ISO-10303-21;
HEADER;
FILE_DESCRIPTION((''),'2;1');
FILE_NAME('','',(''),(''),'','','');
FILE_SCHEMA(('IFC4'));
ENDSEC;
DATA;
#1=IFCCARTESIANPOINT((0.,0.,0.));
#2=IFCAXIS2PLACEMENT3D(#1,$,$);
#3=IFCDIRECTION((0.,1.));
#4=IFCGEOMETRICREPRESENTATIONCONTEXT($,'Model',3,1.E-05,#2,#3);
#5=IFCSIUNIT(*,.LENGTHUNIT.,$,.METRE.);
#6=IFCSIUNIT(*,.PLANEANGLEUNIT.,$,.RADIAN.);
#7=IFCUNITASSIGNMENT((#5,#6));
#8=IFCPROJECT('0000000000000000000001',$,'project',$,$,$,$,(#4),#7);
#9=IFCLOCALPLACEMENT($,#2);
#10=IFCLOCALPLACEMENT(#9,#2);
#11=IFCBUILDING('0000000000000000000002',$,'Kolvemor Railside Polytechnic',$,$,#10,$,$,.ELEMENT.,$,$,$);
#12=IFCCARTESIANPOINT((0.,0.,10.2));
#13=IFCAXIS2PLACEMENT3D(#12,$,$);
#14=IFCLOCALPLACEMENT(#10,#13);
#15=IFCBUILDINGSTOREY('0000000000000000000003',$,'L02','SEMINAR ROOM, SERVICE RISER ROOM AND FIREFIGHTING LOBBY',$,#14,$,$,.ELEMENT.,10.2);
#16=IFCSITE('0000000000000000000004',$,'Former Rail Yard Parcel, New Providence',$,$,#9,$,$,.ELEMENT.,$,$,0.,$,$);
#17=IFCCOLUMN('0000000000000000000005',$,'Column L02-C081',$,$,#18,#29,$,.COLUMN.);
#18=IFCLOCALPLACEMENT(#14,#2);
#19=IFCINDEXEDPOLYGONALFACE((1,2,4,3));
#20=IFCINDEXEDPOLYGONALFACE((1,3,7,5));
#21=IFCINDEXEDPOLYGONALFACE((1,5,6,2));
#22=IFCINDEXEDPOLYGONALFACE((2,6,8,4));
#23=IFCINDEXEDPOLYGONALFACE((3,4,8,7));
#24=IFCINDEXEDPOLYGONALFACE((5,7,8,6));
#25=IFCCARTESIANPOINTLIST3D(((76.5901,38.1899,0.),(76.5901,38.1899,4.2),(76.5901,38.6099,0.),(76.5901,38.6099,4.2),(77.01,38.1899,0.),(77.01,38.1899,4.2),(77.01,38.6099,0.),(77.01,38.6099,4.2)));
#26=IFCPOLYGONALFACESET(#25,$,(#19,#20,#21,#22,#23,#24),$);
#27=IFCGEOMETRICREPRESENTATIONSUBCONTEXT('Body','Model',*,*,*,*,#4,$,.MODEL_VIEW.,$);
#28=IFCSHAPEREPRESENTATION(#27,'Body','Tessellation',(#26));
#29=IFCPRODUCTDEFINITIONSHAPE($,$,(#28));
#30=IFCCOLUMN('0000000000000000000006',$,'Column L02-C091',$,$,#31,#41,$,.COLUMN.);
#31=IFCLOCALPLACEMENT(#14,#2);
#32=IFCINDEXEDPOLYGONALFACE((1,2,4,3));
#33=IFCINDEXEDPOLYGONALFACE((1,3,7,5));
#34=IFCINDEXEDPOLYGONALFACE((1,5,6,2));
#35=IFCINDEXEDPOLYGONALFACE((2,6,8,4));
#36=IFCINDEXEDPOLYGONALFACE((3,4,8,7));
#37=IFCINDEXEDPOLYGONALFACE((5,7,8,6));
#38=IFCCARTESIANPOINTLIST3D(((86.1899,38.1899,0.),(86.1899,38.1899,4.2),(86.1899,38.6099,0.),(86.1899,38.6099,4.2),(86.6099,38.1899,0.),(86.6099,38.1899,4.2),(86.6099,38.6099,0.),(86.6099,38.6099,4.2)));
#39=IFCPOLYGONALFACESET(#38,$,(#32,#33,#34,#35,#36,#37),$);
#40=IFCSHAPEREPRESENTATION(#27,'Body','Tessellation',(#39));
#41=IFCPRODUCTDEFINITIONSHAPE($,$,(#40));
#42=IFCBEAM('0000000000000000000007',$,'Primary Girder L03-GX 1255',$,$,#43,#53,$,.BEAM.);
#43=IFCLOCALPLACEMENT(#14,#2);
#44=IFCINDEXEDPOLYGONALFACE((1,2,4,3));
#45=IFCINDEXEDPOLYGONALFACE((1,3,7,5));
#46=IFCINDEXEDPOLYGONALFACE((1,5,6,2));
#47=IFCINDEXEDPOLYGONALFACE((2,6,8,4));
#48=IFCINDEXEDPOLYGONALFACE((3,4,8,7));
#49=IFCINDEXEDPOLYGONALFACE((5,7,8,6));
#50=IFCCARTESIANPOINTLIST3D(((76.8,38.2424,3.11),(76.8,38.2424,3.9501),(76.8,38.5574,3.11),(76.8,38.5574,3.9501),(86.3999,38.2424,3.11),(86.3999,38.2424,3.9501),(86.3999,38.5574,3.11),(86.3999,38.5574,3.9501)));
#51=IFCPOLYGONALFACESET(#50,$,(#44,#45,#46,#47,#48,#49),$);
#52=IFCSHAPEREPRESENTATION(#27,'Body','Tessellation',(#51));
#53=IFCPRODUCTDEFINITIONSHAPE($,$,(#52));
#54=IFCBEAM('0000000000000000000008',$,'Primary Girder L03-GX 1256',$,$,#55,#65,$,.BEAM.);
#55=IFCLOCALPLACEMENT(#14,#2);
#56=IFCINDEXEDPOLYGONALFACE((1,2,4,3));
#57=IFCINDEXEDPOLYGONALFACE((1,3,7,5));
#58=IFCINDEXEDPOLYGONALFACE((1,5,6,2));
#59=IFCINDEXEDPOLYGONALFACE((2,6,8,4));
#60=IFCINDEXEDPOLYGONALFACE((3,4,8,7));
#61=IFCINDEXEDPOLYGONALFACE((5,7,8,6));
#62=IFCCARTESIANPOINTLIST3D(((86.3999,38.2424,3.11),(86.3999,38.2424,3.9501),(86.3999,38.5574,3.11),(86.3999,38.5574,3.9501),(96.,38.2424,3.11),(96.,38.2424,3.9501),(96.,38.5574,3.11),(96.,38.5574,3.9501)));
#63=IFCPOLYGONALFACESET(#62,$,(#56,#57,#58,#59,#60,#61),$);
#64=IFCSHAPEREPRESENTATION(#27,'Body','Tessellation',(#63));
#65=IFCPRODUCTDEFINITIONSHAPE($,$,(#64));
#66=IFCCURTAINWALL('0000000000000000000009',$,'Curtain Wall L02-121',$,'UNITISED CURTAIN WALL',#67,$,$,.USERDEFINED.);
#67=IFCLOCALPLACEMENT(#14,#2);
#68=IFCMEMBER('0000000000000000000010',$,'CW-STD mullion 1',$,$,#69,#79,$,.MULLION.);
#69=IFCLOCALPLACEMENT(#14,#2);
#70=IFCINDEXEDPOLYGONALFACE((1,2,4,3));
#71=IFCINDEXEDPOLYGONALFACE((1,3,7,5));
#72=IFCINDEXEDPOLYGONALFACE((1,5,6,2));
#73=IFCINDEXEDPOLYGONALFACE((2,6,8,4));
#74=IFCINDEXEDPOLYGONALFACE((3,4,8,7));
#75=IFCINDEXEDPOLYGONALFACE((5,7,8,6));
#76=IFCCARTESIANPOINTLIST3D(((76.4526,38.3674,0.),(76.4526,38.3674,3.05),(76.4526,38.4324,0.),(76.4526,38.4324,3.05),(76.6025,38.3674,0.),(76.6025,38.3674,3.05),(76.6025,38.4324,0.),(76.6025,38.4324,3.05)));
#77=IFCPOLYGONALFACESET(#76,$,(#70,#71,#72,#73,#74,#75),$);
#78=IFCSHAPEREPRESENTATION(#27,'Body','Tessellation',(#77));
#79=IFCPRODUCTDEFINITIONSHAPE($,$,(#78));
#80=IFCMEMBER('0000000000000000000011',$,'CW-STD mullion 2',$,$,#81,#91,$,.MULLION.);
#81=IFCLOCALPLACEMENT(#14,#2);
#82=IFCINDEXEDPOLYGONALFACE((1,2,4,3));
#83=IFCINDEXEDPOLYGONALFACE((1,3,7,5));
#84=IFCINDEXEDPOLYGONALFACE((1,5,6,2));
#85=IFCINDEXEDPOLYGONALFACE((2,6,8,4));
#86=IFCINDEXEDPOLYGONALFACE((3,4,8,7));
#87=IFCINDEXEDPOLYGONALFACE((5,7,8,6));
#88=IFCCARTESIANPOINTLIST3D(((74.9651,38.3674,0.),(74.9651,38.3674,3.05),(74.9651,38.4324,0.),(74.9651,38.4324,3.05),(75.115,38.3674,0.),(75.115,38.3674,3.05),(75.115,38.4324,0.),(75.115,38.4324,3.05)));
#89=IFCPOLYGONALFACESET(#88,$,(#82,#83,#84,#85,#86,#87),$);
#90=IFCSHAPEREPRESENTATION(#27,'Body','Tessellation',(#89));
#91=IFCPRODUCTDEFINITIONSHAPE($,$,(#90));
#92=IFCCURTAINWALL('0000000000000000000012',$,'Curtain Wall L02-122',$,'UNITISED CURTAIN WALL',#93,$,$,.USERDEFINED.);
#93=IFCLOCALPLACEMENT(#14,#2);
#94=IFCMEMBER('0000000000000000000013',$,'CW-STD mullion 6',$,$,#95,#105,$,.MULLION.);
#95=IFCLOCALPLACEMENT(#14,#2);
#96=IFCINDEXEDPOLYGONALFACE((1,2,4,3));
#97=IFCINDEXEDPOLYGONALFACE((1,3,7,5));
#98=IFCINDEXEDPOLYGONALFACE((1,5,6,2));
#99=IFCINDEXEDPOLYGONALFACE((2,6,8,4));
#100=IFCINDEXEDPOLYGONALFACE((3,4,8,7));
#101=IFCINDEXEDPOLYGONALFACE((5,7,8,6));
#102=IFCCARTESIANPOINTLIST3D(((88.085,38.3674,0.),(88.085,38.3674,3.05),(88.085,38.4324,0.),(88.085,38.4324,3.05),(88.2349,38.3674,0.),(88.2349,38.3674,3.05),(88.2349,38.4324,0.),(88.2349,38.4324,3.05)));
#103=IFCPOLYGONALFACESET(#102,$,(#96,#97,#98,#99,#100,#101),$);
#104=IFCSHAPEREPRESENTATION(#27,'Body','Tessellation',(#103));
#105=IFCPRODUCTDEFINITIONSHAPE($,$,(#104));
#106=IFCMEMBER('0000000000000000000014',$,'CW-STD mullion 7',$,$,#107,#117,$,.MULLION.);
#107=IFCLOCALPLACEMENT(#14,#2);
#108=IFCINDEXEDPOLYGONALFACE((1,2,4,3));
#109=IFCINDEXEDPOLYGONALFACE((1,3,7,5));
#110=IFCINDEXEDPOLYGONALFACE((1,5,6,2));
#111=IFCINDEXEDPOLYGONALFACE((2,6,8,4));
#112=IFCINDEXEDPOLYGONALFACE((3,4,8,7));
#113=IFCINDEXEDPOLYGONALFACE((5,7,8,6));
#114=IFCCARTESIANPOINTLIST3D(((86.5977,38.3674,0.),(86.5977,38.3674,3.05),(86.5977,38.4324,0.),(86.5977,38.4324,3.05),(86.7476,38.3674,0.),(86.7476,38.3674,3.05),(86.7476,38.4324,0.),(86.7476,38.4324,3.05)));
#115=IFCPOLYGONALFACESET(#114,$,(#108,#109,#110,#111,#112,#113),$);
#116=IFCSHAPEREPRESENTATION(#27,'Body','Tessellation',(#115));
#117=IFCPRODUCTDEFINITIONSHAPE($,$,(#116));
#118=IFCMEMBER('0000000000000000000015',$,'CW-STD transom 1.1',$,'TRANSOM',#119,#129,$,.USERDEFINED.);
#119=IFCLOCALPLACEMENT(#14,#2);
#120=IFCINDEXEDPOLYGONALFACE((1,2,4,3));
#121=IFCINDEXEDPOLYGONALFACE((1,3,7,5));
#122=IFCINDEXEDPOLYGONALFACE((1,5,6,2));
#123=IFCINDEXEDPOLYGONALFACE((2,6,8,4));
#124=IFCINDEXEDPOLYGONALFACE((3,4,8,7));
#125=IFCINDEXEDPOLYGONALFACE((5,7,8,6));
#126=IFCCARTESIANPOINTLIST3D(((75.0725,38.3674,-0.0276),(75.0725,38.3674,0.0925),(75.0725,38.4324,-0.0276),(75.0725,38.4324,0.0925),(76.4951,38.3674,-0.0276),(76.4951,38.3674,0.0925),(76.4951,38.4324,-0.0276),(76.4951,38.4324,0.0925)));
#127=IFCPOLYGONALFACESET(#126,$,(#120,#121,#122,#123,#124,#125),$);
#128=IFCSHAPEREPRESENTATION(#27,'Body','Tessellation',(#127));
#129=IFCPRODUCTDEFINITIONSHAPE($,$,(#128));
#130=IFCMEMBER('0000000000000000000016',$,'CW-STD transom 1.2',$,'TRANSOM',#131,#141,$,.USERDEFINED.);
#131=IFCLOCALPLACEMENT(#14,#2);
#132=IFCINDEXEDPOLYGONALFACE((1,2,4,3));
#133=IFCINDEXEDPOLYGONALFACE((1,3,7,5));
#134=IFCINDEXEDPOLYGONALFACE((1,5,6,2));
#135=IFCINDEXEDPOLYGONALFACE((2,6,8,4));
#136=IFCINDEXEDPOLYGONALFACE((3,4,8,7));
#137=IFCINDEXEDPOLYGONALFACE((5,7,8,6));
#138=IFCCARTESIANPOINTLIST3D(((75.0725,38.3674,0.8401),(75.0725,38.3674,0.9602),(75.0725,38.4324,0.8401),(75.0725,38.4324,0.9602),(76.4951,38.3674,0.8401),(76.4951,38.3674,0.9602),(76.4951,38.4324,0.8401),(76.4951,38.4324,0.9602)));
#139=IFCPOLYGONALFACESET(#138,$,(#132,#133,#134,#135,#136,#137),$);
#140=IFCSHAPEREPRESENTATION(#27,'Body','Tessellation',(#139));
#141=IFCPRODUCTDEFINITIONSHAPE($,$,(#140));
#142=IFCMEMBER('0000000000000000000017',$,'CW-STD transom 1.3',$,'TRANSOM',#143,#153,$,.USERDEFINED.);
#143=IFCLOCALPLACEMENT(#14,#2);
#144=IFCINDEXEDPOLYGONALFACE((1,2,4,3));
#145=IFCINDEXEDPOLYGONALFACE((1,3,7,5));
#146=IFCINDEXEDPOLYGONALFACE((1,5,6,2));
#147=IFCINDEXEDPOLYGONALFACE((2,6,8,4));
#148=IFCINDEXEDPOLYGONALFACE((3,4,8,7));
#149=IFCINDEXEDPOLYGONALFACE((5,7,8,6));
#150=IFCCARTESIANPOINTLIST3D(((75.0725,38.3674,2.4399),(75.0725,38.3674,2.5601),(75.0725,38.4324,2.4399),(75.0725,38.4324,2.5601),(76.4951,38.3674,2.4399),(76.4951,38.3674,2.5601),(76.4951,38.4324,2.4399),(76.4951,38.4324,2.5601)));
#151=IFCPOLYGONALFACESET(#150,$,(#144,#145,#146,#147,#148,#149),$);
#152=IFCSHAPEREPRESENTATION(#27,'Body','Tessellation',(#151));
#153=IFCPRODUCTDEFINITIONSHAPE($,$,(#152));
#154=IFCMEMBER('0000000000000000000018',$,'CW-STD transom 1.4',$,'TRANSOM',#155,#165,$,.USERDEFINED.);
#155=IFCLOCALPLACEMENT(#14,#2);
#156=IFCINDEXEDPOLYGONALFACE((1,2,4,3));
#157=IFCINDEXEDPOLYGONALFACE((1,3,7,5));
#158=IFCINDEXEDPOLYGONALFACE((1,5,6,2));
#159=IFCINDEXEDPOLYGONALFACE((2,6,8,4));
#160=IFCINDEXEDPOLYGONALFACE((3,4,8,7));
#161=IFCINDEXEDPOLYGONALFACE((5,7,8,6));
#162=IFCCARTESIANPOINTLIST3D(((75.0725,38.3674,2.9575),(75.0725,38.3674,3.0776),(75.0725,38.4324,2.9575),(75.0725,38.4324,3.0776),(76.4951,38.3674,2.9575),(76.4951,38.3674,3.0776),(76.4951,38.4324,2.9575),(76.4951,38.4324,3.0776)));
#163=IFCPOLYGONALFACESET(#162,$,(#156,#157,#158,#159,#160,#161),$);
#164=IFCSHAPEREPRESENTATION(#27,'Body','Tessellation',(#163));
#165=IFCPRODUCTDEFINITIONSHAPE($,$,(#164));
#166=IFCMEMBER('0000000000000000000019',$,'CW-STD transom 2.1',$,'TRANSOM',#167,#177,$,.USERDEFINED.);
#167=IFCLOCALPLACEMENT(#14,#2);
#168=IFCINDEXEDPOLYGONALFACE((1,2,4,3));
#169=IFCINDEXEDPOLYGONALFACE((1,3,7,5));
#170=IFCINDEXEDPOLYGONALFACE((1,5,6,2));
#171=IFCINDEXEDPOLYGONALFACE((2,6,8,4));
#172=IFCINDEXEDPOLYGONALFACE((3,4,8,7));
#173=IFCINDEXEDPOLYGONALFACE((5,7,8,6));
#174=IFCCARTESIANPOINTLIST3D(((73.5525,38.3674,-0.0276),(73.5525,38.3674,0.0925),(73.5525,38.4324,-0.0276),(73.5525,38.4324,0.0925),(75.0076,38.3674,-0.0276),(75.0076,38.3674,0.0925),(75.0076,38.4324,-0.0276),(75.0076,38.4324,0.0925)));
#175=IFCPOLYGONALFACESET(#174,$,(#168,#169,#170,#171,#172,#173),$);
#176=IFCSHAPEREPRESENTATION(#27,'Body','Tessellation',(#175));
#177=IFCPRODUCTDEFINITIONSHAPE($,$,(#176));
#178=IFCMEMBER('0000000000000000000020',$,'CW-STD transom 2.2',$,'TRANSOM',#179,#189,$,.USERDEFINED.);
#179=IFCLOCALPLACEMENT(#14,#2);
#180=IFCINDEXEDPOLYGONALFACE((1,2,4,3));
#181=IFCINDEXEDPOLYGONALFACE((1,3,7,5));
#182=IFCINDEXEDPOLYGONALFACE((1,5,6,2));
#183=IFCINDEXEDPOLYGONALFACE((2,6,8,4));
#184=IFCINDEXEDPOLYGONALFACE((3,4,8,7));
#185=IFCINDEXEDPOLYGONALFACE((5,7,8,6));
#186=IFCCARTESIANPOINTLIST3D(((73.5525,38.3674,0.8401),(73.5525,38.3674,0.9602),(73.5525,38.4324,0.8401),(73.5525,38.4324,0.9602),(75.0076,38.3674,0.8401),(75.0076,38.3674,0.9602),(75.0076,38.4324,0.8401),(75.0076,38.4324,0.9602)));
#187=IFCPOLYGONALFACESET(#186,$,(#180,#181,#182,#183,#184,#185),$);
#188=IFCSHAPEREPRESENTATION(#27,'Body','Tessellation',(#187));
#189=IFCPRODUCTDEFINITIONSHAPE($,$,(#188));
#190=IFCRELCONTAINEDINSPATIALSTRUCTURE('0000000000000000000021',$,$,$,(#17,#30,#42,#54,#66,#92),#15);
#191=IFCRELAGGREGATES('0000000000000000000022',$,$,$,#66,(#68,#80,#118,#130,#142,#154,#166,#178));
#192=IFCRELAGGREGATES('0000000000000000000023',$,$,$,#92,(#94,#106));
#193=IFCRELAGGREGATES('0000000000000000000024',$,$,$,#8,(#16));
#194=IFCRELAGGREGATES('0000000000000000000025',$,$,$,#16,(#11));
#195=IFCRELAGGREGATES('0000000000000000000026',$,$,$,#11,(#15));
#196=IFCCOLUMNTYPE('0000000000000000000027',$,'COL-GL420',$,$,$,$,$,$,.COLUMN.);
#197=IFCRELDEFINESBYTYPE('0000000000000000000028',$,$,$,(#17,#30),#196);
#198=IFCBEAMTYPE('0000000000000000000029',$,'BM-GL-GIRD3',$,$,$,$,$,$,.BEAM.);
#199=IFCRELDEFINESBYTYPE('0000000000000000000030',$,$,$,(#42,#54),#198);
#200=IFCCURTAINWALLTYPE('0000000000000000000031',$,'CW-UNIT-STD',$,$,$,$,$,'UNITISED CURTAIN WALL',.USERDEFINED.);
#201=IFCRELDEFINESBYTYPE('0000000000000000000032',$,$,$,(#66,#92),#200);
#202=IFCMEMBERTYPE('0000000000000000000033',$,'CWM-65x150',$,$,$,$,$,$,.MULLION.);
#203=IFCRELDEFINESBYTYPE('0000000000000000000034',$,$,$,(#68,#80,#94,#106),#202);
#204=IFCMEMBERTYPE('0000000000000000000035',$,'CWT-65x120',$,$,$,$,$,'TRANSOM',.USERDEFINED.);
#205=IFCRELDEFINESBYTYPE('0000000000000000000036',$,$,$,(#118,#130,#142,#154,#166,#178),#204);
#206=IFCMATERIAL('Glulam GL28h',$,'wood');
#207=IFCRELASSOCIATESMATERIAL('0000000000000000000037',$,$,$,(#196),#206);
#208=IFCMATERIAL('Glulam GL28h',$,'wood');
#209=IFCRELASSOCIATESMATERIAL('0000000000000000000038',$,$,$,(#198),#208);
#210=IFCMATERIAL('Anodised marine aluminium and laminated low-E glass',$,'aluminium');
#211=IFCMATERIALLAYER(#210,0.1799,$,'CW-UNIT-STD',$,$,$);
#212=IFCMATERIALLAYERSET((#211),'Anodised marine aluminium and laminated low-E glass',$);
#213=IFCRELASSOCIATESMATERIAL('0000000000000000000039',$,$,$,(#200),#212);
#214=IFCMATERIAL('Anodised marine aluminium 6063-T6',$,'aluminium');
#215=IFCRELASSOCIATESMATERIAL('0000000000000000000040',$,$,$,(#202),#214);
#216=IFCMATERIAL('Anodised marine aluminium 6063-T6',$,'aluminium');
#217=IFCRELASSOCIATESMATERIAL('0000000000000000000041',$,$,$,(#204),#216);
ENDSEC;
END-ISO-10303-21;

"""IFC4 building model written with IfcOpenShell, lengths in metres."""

from ifc_helpers import new_model, si_unit, direction, frame, origin, origin_2d, place, context, subcontext, project, spatial, rectangle, extrude, material, layer, layer_set, material_profile, profile_set, type_object, element, aggregate, save


model = new_model("IFC4")

# Units and contexts
model_context = context("Model", 3, precision=1e-05, world=origin(), true_north=direction((0.0, 1.0)))
body_context = subcontext(model_context, "Body", "Model", "MODEL_VIEW")
ifc_project = project(units=[si_unit("LENGTHUNIT", "METRE"), si_unit("PLANEANGLEUNIT", "RADIAN")], contexts=[model_context])

# Site, building, storey
site_placement = place(None, origin())
site = spatial("IfcSite", under=ifc_project, at=site_placement, Name="Former Rail Yard Parcel, New Providence", CompositionType="ELEMENT", RefElevation=0.0)
building_placement = place(site_placement, origin())
building = spatial("IfcBuilding", under=site, at=building_placement, Name="Kolvemor Railside Polytechnic", CompositionType="ELEMENT")
storey_placement = place(building_placement, frame((0.0, 0.0, 10.2)))
storey = spatial("IfcBuildingStorey", under=building, at=storey_placement, Name="L02", Description="SEMINAR ROOM, SERVICE RISER ROOM AND FIREFIGHTING LOBBY", CompositionType="ELEMENT", Elevation=10.2)

# Columns
ifc_material_1 = material(Name="Glulam GL28h", Category="wood")
ifc_material_profile_1 = material_profile(ifc_material_1, rectangle(XDim=0.4199, YDim=0.4199, at=origin_2d()), Name="GL420x420")
ifc_profile_set_1 = profile_set([ifc_material_profile_1], Name="Glulam GL28h")
column_type = type_object("IfcColumnType", Name="COL-GL420", PredefinedType="COLUMN", material=ifc_profile_set_1)
for number, where, z_axis, x_axis, name in (
    (1, (76.8, 38.3999, 0.0), (0.0, 0.0, 1.0), (1.0, 0.0, 0.0), "Column L02-C081"),
    (2, (86.3999, 38.3999, 0.0), (0.0, 0.0, 1.0), (1.0, 0.0, 0.0), "Column L02-C091"),
):
    element("IfcColumn", number, at=place(storey_placement, frame(where, z_axis=z_axis, x_axis=x_axis)), inside=storey, type_object=column_type, Name=name, PredefinedType="COLUMN", context=body_context, shape_type="SweptSolid", body=[
        extrude(rectangle(XDim=0.4199, YDim=0.4199, at=origin_2d()), origin(), (0.0, 0.0, 1.0), 4.2),
    ])

# Beams
ifc_material_2 = material(Name="Glulam GL28h", Category="wood")
ifc_material_profile_2 = material_profile(ifc_material_2, rectangle(XDim=0.3149, YDim=0.8401, at=origin_2d()), Name="GL315x840")
ifc_profile_set_2 = profile_set([ifc_material_profile_2], Name="Glulam GL28h")
beam_type = type_object("IfcBeamType", Name="BM-GL-GIRD3", PredefinedType="BEAM", material=ifc_profile_set_2)
beam_1_placement = place(storey_placement, frame((76.8, 38.3999, 3.53), z_axis=(1.0, 0.0, 0.0), x_axis=(0.0, 1.0, 0.0)))
element("IfcBeam", 3, at=beam_1_placement, inside=storey, type_object=beam_type, Name="Primary Girder L03-GX 1255", PredefinedType="BEAM", context=body_context, shape_type="SweptSolid", body=[
    extrude(rectangle(XDim=0.3149, YDim=0.8401, at=origin_2d()), origin(), (0.0, 0.0, 1.0), 9.5999),
])
beam_2_placement = place(storey_placement, frame((86.3999, 38.3999, 3.53), z_axis=(1.0, 0.0, 0.0), x_axis=(0.0, 1.0, 0.0)))
element("IfcBeam", 4, at=beam_2_placement, inside=storey, type_object=beam_type, Name="Primary Girder L03-GX 1256", PredefinedType="BEAM", context=body_context, shape_type="SweptSolid", body=[
    extrude(rectangle(XDim=0.3149, YDim=0.8401, at=origin_2d()), origin(), (0.0, 0.0, 1.0), 9.6001),
])

# Curtain walls, members
ifc_material_3 = material(Name="Anodised marine aluminium and laminated low-E glass", Category="aluminium")
ifc_layer_1 = layer(ifc_material_3, 0.1799, Name="CW-UNIT-STD")
ifc_layer_set_1 = layer_set([ifc_layer_1], Name="Anodised marine aluminium and laminated low-E glass")
curtain_wall_type = type_object("IfcCurtainWallType", Name="CW-UNIT-STD", ElementType="UNITISED CURTAIN WALL", PredefinedType="USERDEFINED", material=ifc_layer_set_1)
curtain_wall_1_placement = place(storey_placement, origin())
curtain_wall_1 = element("IfcCurtainWall", 5, at=curtain_wall_1_placement, inside=storey, type_object=curtain_wall_type, Name="Curtain Wall L02-121", ObjectType="UNITISED CURTAIN WALL", PredefinedType="USERDEFINED")
ifc_material_4 = material(Name="Anodised marine aluminium 6063-T6", Category="aluminium")
ifc_material_profile_3 = material_profile(ifc_material_4, rectangle(XDim=0.0649, YDim=0.1499, at=origin_2d()), Name="CW-MUL-65x150")
ifc_profile_set_3 = profile_set([ifc_material_profile_3], Name="Anodised marine aluminium 6063-T6")
member_type_1 = type_object("IfcMemberType", Name="CWM-65x150", PredefinedType="MULLION", material=ifc_profile_set_3)
member_1_placement = place(storey_placement, frame((76.5276, 38.3999, 0.0), z_axis=(0.0, 0.0, 1.0), x_axis=(0.0, -1.0, 0.0)))
member_1 = element("IfcMember", 6, at=member_1_placement, type_object=member_type_1, Name="CW-STD mullion 1", PredefinedType="MULLION", context=body_context, shape_type="SweptSolid", body=[
    extrude(rectangle(XDim=0.0649, YDim=0.1499, at=origin_2d()), origin(), (0.0, 0.0, 1.0), 3.05),
])
member_2_placement = place(storey_placement, frame((75.04, 38.3999, 0.0), z_axis=(0.0, 0.0, 1.0), x_axis=(0.0, -1.0, 0.0)))
member_2 = element("IfcMember", 7, at=member_2_placement, type_object=member_type_1, Name="CW-STD mullion 2", PredefinedType="MULLION", context=body_context, shape_type="SweptSolid", body=[
    extrude(rectangle(XDim=0.0649, YDim=0.1499, at=origin_2d()), origin(), (0.0, 0.0, 1.0), 3.05),
])
curtain_wall_2_placement = place(storey_placement, origin())
curtain_wall_2 = element("IfcCurtainWall", 8, at=curtain_wall_2_placement, inside=storey, type_object=curtain_wall_type, Name="Curtain Wall L02-122", ObjectType="UNITISED CURTAIN WALL", PredefinedType="USERDEFINED")
member_3_placement = place(storey_placement, frame((88.1599, 38.3999, 0.0), z_axis=(0.0, 0.0, 1.0), x_axis=(0.0, -1.0, 0.0)))
member_3 = element("IfcMember", 9, at=member_3_placement, type_object=member_type_1, Name="CW-STD mullion 6", PredefinedType="MULLION", context=body_context, shape_type="SweptSolid", body=[
    extrude(rectangle(XDim=0.0649, YDim=0.1499, at=origin_2d()), origin(), (0.0, 0.0, 1.0), 3.05),
])
member_4_placement = place(storey_placement, frame((86.6726, 38.3999, 0.0), z_axis=(0.0, 0.0, 1.0), x_axis=(0.0, -1.0, 0.0)))
member_4 = element("IfcMember", 10, at=member_4_placement, type_object=member_type_1, Name="CW-STD mullion 7", PredefinedType="MULLION", context=body_context, shape_type="SweptSolid", body=[
    extrude(rectangle(XDim=0.0649, YDim=0.1499, at=origin_2d()), origin(), (0.0, 0.0, 1.0), 3.05),
])

# Members
ifc_material_5 = material(Name="Anodised marine aluminium 6063-T6", Category="aluminium")
ifc_material_profile_4 = material_profile(ifc_material_5, rectangle(XDim=0.0649, YDim=0.1201, at=origin_2d()), Name="CW-TRN-65x120")
ifc_profile_set_4 = profile_set([ifc_material_profile_4], Name="Anodised marine aluminium 6063-T6")
member_type_2 = type_object("IfcMemberType", Name="CWT-65x120", ElementType="TRANSOM", PredefinedType="USERDEFINED", material=ifc_profile_set_4)
member_5_placement = place(storey_placement, frame((76.4951, 38.3999, 0.0325), z_axis=(-1.0, 0.0, 0.0), x_axis=(0.0, -1.0, 0.0)))
member_5 = element("IfcMember", 11, at=member_5_placement, type_object=member_type_2, Name="CW-STD transom 1.1", ObjectType="TRANSOM", PredefinedType="USERDEFINED", context=body_context, shape_type="SweptSolid", body=[
    extrude(rectangle(XDim=0.0649, YDim=0.1201, at=origin_2d()), origin(), (0.0, 0.0, 1.0), 1.4226),
])
member_6_placement = place(storey_placement, frame((76.4951, 38.3999, 0.9001), z_axis=(-1.0, 0.0, 0.0), x_axis=(0.0, -1.0, 0.0)))
member_6 = element("IfcMember", 12, at=member_6_placement, type_object=member_type_2, Name="CW-STD transom 1.2", ObjectType="TRANSOM", PredefinedType="USERDEFINED", context=body_context, shape_type="SweptSolid", body=[
    extrude(rectangle(XDim=0.0649, YDim=0.1201, at=origin_2d()), origin(), (0.0, 0.0, 1.0), 1.4226),
])
member_7_placement = place(storey_placement, frame((76.4951, 38.3999, 2.5), z_axis=(-1.0, 0.0, 0.0), x_axis=(0.0, -1.0, 0.0)))
member_7 = element("IfcMember", 13, at=member_7_placement, type_object=member_type_2, Name="CW-STD transom 1.3", ObjectType="TRANSOM", PredefinedType="USERDEFINED", context=body_context, shape_type="SweptSolid", body=[
    extrude(rectangle(XDim=0.0649, YDim=0.1201, at=origin_2d()), origin(), (0.0, 0.0, 1.0), 1.4226),
])
member_8_placement = place(storey_placement, frame((76.4951, 38.3999, 3.0176), z_axis=(-1.0, 0.0, 0.0), x_axis=(0.0, -1.0, 0.0)))
member_8 = element("IfcMember", 14, at=member_8_placement, type_object=member_type_2, Name="CW-STD transom 1.4", ObjectType="TRANSOM", PredefinedType="USERDEFINED", context=body_context, shape_type="SweptSolid", body=[
    extrude(rectangle(XDim=0.0649, YDim=0.1201, at=origin_2d()), origin(), (0.0, 0.0, 1.0), 1.4226),
])
member_9_placement = place(storey_placement, frame((75.0076, 38.3999, 0.0325), z_axis=(-1.0, 0.0, 0.0), x_axis=(0.0, -1.0, 0.0)))
member_9 = element("IfcMember", 15, at=member_9_placement, type_object=member_type_2, Name="CW-STD transom 2.1", ObjectType="TRANSOM", PredefinedType="USERDEFINED", context=body_context, shape_type="SweptSolid", body=[
    extrude(rectangle(XDim=0.0649, YDim=0.1201, at=origin_2d()), origin(), (0.0, 0.0, 1.0), 1.4551),
])
member_10_placement = place(storey_placement, frame((75.0076, 38.3999, 0.9001), z_axis=(-1.0, 0.0, 0.0), x_axis=(0.0, -1.0, 0.0)))
member_10 = element("IfcMember", 16, at=member_10_placement, type_object=member_type_2, Name="CW-STD transom 2.2", ObjectType="TRANSOM", PredefinedType="USERDEFINED", context=body_context, shape_type="SweptSolid", body=[
    extrude(rectangle(XDim=0.0649, YDim=0.1201, at=origin_2d()), origin(), (0.0, 0.0, 1.0), 1.4551),
])

aggregate(curtain_wall_1, [member_1, member_2, member_5, member_6, member_7, member_8, member_9, member_10])
aggregate(curtain_wall_2, [member_3, member_4])

save(model, "model.ifc")
